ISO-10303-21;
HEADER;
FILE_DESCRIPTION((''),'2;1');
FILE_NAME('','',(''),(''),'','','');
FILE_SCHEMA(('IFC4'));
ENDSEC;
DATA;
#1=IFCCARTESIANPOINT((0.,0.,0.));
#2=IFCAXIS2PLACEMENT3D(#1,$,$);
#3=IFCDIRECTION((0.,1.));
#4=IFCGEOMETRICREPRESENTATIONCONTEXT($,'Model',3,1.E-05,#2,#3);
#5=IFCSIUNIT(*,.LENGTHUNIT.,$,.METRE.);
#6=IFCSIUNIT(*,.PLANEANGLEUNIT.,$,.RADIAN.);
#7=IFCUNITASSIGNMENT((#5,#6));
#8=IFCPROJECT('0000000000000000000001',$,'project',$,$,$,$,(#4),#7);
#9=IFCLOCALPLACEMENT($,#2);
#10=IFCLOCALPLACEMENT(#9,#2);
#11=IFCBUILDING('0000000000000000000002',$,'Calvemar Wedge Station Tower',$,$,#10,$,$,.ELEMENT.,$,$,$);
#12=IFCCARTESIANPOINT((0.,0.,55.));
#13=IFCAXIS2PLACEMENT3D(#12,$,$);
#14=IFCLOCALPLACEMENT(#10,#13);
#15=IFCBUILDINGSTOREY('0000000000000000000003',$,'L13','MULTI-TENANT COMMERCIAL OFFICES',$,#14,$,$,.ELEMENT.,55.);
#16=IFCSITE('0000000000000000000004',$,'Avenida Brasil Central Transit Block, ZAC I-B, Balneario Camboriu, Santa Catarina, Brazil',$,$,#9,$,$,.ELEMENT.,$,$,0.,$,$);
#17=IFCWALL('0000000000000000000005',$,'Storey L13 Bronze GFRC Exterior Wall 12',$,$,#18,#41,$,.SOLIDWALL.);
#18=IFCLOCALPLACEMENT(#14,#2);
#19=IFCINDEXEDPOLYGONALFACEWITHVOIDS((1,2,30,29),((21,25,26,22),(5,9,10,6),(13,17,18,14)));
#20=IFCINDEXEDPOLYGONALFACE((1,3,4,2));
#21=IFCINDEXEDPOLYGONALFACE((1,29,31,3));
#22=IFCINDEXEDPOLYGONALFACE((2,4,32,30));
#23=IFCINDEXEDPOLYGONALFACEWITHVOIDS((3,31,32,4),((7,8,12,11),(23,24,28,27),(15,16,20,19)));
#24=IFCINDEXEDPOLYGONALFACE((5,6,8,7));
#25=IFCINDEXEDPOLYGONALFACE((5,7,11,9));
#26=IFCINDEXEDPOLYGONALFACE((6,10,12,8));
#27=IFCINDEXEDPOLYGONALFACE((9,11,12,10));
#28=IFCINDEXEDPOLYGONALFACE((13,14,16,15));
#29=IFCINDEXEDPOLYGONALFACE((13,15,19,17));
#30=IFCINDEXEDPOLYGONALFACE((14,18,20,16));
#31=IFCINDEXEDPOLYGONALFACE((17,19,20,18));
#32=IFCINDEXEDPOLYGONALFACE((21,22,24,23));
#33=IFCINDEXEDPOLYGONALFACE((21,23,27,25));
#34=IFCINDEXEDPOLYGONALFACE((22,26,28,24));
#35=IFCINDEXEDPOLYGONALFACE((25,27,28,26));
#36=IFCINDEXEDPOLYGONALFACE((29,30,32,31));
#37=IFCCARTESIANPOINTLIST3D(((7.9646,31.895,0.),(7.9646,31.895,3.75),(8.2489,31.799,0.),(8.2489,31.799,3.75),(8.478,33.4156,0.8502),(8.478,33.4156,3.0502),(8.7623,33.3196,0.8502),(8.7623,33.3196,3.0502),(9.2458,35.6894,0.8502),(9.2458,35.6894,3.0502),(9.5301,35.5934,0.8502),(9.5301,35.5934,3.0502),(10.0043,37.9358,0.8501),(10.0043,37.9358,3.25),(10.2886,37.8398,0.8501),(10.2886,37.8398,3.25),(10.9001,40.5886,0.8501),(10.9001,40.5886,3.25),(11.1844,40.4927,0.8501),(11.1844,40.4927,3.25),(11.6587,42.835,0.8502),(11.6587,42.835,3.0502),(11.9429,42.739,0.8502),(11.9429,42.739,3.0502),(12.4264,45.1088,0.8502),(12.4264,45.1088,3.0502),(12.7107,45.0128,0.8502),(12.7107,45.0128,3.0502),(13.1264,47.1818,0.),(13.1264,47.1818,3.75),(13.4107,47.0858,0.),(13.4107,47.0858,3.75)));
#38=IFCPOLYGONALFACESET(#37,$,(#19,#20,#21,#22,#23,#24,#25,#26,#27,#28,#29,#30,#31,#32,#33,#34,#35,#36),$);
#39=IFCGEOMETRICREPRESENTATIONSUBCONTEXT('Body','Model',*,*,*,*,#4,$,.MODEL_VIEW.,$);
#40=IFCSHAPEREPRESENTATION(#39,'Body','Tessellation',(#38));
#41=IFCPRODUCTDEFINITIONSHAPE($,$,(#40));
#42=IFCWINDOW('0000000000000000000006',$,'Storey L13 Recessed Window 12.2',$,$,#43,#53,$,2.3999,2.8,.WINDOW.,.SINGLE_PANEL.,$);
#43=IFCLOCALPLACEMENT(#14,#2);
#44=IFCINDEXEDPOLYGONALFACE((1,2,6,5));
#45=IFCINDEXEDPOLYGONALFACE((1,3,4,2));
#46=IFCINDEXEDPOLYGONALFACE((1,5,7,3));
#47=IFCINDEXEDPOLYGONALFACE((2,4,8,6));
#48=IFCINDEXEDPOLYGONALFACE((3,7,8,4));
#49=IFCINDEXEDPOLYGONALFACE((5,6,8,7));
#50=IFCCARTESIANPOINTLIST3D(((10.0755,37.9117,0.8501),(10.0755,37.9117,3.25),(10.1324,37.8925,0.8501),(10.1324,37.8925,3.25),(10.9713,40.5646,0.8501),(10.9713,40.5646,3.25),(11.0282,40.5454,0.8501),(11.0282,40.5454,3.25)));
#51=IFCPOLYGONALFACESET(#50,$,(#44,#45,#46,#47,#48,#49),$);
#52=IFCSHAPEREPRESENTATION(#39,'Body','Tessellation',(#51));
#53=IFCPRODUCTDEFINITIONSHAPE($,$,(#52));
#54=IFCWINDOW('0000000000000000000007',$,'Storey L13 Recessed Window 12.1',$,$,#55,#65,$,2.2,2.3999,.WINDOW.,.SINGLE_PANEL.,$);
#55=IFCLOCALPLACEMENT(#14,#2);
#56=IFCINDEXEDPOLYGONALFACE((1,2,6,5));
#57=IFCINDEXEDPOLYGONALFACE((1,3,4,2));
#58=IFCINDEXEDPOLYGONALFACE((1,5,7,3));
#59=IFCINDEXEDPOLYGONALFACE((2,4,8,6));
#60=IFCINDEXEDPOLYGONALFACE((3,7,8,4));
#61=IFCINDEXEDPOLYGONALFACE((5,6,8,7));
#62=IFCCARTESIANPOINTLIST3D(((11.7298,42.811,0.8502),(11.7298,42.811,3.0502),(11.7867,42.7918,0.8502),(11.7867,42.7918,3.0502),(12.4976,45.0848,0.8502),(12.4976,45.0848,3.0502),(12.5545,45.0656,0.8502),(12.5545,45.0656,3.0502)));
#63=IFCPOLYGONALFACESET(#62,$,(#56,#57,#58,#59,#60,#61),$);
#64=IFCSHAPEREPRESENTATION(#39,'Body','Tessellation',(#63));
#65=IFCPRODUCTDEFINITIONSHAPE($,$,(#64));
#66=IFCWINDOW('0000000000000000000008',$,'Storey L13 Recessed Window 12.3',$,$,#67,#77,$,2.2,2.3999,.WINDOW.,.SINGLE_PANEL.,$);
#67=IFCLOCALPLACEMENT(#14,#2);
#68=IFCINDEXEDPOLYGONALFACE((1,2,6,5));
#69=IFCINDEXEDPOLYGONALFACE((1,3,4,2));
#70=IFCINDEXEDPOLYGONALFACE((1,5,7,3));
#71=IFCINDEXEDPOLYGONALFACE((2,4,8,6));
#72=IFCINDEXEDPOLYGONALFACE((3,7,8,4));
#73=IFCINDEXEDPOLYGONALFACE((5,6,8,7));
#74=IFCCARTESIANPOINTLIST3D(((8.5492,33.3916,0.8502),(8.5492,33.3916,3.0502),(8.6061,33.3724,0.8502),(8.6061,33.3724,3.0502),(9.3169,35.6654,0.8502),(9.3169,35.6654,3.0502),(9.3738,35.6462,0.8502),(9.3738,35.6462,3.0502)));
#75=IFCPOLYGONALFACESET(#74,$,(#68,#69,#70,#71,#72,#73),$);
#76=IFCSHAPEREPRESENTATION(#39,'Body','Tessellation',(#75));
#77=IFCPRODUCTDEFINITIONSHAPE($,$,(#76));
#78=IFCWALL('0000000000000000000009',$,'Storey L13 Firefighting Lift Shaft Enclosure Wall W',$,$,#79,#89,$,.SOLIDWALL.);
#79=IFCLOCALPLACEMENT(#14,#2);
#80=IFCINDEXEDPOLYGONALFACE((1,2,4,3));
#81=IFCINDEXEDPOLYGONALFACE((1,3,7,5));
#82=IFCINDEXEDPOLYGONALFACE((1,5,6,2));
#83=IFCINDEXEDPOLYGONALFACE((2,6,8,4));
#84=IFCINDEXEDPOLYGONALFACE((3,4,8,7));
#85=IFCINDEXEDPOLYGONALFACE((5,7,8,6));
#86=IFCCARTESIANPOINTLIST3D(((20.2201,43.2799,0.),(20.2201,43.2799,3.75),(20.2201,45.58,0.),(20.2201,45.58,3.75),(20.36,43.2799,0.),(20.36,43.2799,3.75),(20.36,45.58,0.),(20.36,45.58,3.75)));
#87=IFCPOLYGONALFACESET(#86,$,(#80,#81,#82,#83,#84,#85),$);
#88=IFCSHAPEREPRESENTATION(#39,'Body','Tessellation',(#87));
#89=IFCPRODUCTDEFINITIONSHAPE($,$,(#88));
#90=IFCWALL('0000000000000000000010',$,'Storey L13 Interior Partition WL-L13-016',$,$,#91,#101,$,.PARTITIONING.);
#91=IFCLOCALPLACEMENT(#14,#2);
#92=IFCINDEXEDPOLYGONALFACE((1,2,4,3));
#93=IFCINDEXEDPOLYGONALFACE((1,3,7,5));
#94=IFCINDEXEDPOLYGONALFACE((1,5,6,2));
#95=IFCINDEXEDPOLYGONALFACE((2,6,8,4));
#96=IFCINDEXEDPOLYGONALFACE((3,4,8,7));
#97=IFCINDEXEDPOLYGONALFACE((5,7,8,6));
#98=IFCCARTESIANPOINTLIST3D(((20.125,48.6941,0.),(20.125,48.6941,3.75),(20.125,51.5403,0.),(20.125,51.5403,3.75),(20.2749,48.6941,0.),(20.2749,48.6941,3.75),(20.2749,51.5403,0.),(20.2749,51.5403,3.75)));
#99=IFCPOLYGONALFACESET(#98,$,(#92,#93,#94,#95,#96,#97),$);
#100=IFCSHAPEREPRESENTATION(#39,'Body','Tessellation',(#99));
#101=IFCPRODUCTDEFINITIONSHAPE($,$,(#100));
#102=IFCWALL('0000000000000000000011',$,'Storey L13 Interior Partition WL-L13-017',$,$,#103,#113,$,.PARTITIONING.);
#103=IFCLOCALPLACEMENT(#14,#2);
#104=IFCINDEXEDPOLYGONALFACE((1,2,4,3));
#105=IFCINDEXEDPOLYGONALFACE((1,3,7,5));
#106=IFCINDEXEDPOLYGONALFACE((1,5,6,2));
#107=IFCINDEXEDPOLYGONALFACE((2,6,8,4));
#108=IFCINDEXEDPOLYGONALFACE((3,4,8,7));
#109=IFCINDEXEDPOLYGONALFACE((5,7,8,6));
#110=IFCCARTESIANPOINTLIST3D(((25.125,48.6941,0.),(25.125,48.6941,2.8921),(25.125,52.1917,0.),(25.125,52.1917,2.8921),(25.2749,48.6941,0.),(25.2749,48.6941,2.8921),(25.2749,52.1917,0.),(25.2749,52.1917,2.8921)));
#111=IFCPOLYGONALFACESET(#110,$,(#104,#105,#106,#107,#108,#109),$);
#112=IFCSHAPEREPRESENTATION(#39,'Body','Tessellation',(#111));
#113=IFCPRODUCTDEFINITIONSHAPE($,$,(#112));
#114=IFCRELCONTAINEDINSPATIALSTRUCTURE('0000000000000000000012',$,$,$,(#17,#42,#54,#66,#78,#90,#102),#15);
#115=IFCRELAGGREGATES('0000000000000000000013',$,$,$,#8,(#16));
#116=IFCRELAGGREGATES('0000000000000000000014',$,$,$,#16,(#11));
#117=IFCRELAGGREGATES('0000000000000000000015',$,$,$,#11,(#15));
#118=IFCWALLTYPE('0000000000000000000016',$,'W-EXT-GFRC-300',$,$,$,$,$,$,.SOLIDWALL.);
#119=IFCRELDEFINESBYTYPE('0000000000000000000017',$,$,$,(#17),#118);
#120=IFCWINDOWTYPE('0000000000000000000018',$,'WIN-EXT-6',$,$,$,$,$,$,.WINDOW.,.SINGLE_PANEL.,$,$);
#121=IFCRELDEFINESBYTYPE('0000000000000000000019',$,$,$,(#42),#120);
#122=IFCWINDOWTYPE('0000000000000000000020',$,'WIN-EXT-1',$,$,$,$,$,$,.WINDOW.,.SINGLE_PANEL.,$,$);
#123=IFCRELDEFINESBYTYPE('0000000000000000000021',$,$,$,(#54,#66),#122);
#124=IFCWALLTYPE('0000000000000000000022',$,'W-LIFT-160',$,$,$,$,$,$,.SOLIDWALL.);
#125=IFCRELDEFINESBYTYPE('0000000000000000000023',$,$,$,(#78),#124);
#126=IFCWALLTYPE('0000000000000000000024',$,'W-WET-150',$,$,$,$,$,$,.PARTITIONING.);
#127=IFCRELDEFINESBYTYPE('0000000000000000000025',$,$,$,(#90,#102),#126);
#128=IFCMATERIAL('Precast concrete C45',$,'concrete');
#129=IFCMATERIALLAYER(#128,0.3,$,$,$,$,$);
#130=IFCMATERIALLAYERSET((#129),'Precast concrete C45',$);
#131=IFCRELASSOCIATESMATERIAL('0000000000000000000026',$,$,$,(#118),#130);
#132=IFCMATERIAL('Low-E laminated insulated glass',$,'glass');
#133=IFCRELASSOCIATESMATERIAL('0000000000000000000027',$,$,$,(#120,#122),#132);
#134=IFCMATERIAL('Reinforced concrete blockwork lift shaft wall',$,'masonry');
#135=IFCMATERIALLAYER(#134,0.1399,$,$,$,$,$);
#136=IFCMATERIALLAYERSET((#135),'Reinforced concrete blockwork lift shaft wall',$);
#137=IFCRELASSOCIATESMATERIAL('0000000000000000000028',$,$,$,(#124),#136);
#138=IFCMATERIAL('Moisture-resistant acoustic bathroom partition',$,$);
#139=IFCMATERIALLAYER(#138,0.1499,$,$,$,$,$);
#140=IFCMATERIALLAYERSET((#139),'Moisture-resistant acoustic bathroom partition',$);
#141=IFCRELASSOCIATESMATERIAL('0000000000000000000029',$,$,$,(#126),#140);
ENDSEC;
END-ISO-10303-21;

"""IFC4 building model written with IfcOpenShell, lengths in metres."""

from ifc_helpers import new_model, si_unit, direction, frame, frame_2d, origin, place, context, subcontext, project, spatial, rectangle, extrude, source, transform, mapped, material, layer, layer_set, type_object, element, fill, save


model = new_model("IFC4")

# Units and contexts
model_context = context("Model", 3, precision=1e-05, world=origin(), true_north=direction((0.0, 1.0)))
body_context = subcontext(model_context, "Body", "Model", "MODEL_VIEW")
ifc_project = project(units=[si_unit("LENGTHUNIT", "METRE"), si_unit("PLANEANGLEUNIT", "RADIAN")], contexts=[model_context])

# Site, building, storey
site_placement = place(None, origin())
site = spatial("IfcSite", under=ifc_project, at=site_placement, Name="Avenida Brasil Central Transit Block, ZAC I-B, Balneario Camboriu, Santa Catarina, Brazil", CompositionType="ELEMENT", RefElevation=0.0)
building_placement = place(site_placement, origin())
building = spatial("IfcBuilding", under=site, at=building_placement, Name="Calvemar Wedge Station Tower", CompositionType="ELEMENT")
storey_placement = place(building_placement, frame((0.0, 0.0, 55.0)))
storey = spatial("IfcBuildingStorey", under=building, at=storey_placement, Name="L13", Description="MULTI-TENANT COMMERCIAL OFFICES", CompositionType="ELEMENT", Elevation=55.0)

# Wall, openings, windows
ifc_material_1 = material(Name="Precast concrete C45", Category="concrete")
ifc_layer_1 = layer(ifc_material_1, 0.3)
ifc_layer_set_1 = layer_set([ifc_layer_1], Name="Precast concrete C45")
wall_type_1 = type_object("IfcWallType", Name="W-EXT-GFRC-300", PredefinedType="SOLIDWALL", material=ifc_layer_set_1)
shared_shape_1 = source(origin(), body_context, "Body", "SweptSolid", [
    extrude(rectangle(XDim=2.8, YDim=2.3999, at=frame_2d((1.3999, 1.2))), frame((0.0, 0.1602, 0.0), z_axis=(0.0, -1.0, 0.0), x_axis=(1.0, 0.0, 0.0)), (0.0, 0.0, 1.0), 0.3201),
])
ifc_material_2 = material(Name="Low-E laminated insulated glass", Category="glass")
window_type_1 = type_object("IfcWindowType", Name="WIN-EXT-6", PartitioningType="SINGLE_PANEL", PredefinedType="WINDOW", material=ifc_material_2)
shared_shape_2 = source(origin(), body_context, "Body", "SweptSolid", [
    extrude(rectangle(XDim=2.8, YDim=2.3999, at=frame_2d((1.3999, 1.2))), frame((0.0, -0.0149, 0.0), z_axis=(0.0, -1.0, 0.0), x_axis=(1.0, 0.0, 0.0)), (0.0, 0.0, 1.0), 0.0601),
])
wall_1_placement = place(storey_placement, frame((13.2686, 47.1338, 0.0), z_axis=(0.0, 0.0, 1.0), x_axis=(-0.31992, -0.947444, 0.0)))
wall_1 = element("IfcWall", 1, at=wall_1_placement, inside=storey, type_object=wall_type_1, Name="Storey L13 Bronze GFRC Exterior Wall 12", PredefinedType="SOLIDWALL", context=body_context, shape_type="SweptSolid", body=[
    extrude(rectangle(XDim=16.1348, YDim=0.3, at=frame_2d((8.0674, 0.0))), origin(), (0.0, 0.0, 1.0), 3.75),
])
shared_shape_3 = source(origin(), body_context, "Body", "SweptSolid", [
    extrude(rectangle(XDim=2.3999, YDim=2.2, at=frame_2d((1.2, 1.1001))), frame((0.0, 0.1602, 0.0), z_axis=(0.0, -1.0, 0.0), x_axis=(1.0, 0.0, 0.0)), (0.0, 0.0, 1.0), 0.3201),
])
opening_1_placement = place(wall_1_placement, frame((2.188, 0.0, 0.8501)))
opening_1 = element("IfcOpeningElement", 2, at=opening_1_placement, cuts=wall_1, PredefinedType="OPENING", context=body_context, shape_type="MappedRepresentation", body=[
    mapped(shared_shape_3, transform((0.0, 0.0, 0.0), scale=1.0)),
])
opening_2_placement = place(wall_1_placement, frame((6.959, 0.0, 0.8501)))
opening_2 = element("IfcOpeningElement", 3, at=opening_2_placement, cuts=wall_1, PredefinedType="OPENING", context=body_context, shape_type="MappedRepresentation", body=[
    mapped(shared_shape_1, transform((0.0, 0.0, 0.0), scale=1.0)),
])
opening_3_placement = place(wall_1_placement, frame((12.1299, 0.0, 0.8501)))
opening_3 = element("IfcOpeningElement", 4, at=opening_3_placement, cuts=wall_1, PredefinedType="OPENING", context=body_context, shape_type="MappedRepresentation", body=[
    mapped(shared_shape_3, transform((0.0, 0.0, 0.0), scale=1.0)),
])
window_1_placement = place(opening_2_placement, origin())
window_1 = element("IfcWindow", 5, at=window_1_placement, inside=storey, type_object=window_type_1, Name="Storey L13 Recessed Window 12.2", OverallHeight=2.3999, OverallWidth=2.8, PartitioningType="SINGLE_PANEL", PredefinedType="WINDOW", context=body_context, shape_type="MappedRepresentation", body=[
    mapped(shared_shape_2, transform((0.0, 0.0, 0.0), scale=1.0)),
])
fill(opening_2, window_1)
window_type_2 = type_object("IfcWindowType", Name="WIN-EXT-1", PartitioningType="SINGLE_PANEL", PredefinedType="WINDOW", material=ifc_material_2)
shared_shape_4 = source(origin(), body_context, "Body", "SweptSolid", [
    extrude(rectangle(XDim=2.3999, YDim=2.2, at=frame_2d((1.2, 1.1001))), frame((0.0, -0.0149, 0.0), z_axis=(0.0, -1.0, 0.0), x_axis=(1.0, 0.0, 0.0)), (0.0, 0.0, 1.0), 0.0601),
])
window_2_placement = place(opening_1_placement, origin())
window_2 = element("IfcWindow", 6, at=window_2_placement, inside=storey, type_object=window_type_2, Name="Storey L13 Recessed Window 12.1", OverallHeight=2.2, OverallWidth=2.3999, PartitioningType="SINGLE_PANEL", PredefinedType="WINDOW", context=body_context, shape_type="MappedRepresentation", body=[
    mapped(shared_shape_4, transform((0.0, 0.0, 0.0), scale=1.0)),
])
fill(opening_1, window_2)
window_3_placement = place(opening_3_placement, origin())
window_3 = element("IfcWindow", 7, at=window_3_placement, inside=storey, type_object=window_type_2, Name="Storey L13 Recessed Window 12.3", OverallHeight=2.2, OverallWidth=2.3999, PartitioningType="SINGLE_PANEL", PredefinedType="WINDOW", context=body_context, shape_type="MappedRepresentation", body=[
    mapped(shared_shape_4, transform((0.0, 0.0, 0.0), scale=1.0)),
])
fill(opening_3, window_3)

# Walls
ifc_material_3 = material(Name="Reinforced concrete blockwork lift shaft wall", Category="masonry")
ifc_layer_2 = layer(ifc_material_3, 0.1399)
ifc_layer_set_2 = layer_set([ifc_layer_2], Name="Reinforced concrete blockwork lift shaft wall")
wall_type_2 = type_object("IfcWallType", Name="W-LIFT-160", PredefinedType="SOLIDWALL", material=ifc_layer_set_2)
wall_2_placement = place(storey_placement, frame((20.29, 43.28, 0.0), z_axis=(0.0, 0.0, 1.0), x_axis=(0.0, 1.0, 0.0)))
element("IfcWall", 8, at=wall_2_placement, inside=storey, type_object=wall_type_2, Name="Storey L13 Firefighting Lift Shaft Enclosure Wall W", PredefinedType="SOLIDWALL", context=body_context, shape_type="SweptSolid", body=[
    extrude(rectangle(XDim=2.3, YDim=0.1399, at=frame_2d((1.1499, 0.0))), origin(), (0.0, 0.0, 1.0), 3.75),
])
ifc_material_4 = material(Name="Moisture-resistant acoustic bathroom partition")
ifc_layer_3 = layer(ifc_material_4, 0.1499)
ifc_layer_set_3 = layer_set([ifc_layer_3], Name="Moisture-resistant acoustic bathroom partition")
wall_type_3 = type_object("IfcWallType", Name="W-WET-150", PredefinedType="PARTITIONING", material=ifc_layer_set_3)
wall_3_placement = place(storey_placement, frame((20.2, 51.5403, 0.0), z_axis=(0.0, 0.0, 1.0), x_axis=(0.0, -1.0, 0.0)))
element("IfcWall", 9, at=wall_3_placement, inside=storey, type_object=wall_type_3, Name="Storey L13 Interior Partition WL-L13-016", PredefinedType="PARTITIONING", context=body_context, shape_type="SweptSolid", body=[
    extrude(rectangle(XDim=2.8462, YDim=0.1499, at=frame_2d((1.4231, 0.0))), origin(), (0.0, 0.0, 1.0), 3.75),
])
wall_4_placement = place(storey_placement, frame((25.2, 52.1917, 0.0), z_axis=(0.0, 0.0, 1.0), x_axis=(0.0, -1.0, 0.0)))
element("IfcWall", 10, at=wall_4_placement, inside=storey, type_object=wall_type_3, Name="Storey L13 Interior Partition WL-L13-017", PredefinedType="PARTITIONING", context=body_context, shape_type="SweptSolid", body=[
    extrude(rectangle(XDim=3.4976, YDim=0.1499, at=frame_2d((1.7488, 0.0))), origin(), (0.0, 0.0, 1.0), 2.8921),
])

save(model, "model.ifc")
